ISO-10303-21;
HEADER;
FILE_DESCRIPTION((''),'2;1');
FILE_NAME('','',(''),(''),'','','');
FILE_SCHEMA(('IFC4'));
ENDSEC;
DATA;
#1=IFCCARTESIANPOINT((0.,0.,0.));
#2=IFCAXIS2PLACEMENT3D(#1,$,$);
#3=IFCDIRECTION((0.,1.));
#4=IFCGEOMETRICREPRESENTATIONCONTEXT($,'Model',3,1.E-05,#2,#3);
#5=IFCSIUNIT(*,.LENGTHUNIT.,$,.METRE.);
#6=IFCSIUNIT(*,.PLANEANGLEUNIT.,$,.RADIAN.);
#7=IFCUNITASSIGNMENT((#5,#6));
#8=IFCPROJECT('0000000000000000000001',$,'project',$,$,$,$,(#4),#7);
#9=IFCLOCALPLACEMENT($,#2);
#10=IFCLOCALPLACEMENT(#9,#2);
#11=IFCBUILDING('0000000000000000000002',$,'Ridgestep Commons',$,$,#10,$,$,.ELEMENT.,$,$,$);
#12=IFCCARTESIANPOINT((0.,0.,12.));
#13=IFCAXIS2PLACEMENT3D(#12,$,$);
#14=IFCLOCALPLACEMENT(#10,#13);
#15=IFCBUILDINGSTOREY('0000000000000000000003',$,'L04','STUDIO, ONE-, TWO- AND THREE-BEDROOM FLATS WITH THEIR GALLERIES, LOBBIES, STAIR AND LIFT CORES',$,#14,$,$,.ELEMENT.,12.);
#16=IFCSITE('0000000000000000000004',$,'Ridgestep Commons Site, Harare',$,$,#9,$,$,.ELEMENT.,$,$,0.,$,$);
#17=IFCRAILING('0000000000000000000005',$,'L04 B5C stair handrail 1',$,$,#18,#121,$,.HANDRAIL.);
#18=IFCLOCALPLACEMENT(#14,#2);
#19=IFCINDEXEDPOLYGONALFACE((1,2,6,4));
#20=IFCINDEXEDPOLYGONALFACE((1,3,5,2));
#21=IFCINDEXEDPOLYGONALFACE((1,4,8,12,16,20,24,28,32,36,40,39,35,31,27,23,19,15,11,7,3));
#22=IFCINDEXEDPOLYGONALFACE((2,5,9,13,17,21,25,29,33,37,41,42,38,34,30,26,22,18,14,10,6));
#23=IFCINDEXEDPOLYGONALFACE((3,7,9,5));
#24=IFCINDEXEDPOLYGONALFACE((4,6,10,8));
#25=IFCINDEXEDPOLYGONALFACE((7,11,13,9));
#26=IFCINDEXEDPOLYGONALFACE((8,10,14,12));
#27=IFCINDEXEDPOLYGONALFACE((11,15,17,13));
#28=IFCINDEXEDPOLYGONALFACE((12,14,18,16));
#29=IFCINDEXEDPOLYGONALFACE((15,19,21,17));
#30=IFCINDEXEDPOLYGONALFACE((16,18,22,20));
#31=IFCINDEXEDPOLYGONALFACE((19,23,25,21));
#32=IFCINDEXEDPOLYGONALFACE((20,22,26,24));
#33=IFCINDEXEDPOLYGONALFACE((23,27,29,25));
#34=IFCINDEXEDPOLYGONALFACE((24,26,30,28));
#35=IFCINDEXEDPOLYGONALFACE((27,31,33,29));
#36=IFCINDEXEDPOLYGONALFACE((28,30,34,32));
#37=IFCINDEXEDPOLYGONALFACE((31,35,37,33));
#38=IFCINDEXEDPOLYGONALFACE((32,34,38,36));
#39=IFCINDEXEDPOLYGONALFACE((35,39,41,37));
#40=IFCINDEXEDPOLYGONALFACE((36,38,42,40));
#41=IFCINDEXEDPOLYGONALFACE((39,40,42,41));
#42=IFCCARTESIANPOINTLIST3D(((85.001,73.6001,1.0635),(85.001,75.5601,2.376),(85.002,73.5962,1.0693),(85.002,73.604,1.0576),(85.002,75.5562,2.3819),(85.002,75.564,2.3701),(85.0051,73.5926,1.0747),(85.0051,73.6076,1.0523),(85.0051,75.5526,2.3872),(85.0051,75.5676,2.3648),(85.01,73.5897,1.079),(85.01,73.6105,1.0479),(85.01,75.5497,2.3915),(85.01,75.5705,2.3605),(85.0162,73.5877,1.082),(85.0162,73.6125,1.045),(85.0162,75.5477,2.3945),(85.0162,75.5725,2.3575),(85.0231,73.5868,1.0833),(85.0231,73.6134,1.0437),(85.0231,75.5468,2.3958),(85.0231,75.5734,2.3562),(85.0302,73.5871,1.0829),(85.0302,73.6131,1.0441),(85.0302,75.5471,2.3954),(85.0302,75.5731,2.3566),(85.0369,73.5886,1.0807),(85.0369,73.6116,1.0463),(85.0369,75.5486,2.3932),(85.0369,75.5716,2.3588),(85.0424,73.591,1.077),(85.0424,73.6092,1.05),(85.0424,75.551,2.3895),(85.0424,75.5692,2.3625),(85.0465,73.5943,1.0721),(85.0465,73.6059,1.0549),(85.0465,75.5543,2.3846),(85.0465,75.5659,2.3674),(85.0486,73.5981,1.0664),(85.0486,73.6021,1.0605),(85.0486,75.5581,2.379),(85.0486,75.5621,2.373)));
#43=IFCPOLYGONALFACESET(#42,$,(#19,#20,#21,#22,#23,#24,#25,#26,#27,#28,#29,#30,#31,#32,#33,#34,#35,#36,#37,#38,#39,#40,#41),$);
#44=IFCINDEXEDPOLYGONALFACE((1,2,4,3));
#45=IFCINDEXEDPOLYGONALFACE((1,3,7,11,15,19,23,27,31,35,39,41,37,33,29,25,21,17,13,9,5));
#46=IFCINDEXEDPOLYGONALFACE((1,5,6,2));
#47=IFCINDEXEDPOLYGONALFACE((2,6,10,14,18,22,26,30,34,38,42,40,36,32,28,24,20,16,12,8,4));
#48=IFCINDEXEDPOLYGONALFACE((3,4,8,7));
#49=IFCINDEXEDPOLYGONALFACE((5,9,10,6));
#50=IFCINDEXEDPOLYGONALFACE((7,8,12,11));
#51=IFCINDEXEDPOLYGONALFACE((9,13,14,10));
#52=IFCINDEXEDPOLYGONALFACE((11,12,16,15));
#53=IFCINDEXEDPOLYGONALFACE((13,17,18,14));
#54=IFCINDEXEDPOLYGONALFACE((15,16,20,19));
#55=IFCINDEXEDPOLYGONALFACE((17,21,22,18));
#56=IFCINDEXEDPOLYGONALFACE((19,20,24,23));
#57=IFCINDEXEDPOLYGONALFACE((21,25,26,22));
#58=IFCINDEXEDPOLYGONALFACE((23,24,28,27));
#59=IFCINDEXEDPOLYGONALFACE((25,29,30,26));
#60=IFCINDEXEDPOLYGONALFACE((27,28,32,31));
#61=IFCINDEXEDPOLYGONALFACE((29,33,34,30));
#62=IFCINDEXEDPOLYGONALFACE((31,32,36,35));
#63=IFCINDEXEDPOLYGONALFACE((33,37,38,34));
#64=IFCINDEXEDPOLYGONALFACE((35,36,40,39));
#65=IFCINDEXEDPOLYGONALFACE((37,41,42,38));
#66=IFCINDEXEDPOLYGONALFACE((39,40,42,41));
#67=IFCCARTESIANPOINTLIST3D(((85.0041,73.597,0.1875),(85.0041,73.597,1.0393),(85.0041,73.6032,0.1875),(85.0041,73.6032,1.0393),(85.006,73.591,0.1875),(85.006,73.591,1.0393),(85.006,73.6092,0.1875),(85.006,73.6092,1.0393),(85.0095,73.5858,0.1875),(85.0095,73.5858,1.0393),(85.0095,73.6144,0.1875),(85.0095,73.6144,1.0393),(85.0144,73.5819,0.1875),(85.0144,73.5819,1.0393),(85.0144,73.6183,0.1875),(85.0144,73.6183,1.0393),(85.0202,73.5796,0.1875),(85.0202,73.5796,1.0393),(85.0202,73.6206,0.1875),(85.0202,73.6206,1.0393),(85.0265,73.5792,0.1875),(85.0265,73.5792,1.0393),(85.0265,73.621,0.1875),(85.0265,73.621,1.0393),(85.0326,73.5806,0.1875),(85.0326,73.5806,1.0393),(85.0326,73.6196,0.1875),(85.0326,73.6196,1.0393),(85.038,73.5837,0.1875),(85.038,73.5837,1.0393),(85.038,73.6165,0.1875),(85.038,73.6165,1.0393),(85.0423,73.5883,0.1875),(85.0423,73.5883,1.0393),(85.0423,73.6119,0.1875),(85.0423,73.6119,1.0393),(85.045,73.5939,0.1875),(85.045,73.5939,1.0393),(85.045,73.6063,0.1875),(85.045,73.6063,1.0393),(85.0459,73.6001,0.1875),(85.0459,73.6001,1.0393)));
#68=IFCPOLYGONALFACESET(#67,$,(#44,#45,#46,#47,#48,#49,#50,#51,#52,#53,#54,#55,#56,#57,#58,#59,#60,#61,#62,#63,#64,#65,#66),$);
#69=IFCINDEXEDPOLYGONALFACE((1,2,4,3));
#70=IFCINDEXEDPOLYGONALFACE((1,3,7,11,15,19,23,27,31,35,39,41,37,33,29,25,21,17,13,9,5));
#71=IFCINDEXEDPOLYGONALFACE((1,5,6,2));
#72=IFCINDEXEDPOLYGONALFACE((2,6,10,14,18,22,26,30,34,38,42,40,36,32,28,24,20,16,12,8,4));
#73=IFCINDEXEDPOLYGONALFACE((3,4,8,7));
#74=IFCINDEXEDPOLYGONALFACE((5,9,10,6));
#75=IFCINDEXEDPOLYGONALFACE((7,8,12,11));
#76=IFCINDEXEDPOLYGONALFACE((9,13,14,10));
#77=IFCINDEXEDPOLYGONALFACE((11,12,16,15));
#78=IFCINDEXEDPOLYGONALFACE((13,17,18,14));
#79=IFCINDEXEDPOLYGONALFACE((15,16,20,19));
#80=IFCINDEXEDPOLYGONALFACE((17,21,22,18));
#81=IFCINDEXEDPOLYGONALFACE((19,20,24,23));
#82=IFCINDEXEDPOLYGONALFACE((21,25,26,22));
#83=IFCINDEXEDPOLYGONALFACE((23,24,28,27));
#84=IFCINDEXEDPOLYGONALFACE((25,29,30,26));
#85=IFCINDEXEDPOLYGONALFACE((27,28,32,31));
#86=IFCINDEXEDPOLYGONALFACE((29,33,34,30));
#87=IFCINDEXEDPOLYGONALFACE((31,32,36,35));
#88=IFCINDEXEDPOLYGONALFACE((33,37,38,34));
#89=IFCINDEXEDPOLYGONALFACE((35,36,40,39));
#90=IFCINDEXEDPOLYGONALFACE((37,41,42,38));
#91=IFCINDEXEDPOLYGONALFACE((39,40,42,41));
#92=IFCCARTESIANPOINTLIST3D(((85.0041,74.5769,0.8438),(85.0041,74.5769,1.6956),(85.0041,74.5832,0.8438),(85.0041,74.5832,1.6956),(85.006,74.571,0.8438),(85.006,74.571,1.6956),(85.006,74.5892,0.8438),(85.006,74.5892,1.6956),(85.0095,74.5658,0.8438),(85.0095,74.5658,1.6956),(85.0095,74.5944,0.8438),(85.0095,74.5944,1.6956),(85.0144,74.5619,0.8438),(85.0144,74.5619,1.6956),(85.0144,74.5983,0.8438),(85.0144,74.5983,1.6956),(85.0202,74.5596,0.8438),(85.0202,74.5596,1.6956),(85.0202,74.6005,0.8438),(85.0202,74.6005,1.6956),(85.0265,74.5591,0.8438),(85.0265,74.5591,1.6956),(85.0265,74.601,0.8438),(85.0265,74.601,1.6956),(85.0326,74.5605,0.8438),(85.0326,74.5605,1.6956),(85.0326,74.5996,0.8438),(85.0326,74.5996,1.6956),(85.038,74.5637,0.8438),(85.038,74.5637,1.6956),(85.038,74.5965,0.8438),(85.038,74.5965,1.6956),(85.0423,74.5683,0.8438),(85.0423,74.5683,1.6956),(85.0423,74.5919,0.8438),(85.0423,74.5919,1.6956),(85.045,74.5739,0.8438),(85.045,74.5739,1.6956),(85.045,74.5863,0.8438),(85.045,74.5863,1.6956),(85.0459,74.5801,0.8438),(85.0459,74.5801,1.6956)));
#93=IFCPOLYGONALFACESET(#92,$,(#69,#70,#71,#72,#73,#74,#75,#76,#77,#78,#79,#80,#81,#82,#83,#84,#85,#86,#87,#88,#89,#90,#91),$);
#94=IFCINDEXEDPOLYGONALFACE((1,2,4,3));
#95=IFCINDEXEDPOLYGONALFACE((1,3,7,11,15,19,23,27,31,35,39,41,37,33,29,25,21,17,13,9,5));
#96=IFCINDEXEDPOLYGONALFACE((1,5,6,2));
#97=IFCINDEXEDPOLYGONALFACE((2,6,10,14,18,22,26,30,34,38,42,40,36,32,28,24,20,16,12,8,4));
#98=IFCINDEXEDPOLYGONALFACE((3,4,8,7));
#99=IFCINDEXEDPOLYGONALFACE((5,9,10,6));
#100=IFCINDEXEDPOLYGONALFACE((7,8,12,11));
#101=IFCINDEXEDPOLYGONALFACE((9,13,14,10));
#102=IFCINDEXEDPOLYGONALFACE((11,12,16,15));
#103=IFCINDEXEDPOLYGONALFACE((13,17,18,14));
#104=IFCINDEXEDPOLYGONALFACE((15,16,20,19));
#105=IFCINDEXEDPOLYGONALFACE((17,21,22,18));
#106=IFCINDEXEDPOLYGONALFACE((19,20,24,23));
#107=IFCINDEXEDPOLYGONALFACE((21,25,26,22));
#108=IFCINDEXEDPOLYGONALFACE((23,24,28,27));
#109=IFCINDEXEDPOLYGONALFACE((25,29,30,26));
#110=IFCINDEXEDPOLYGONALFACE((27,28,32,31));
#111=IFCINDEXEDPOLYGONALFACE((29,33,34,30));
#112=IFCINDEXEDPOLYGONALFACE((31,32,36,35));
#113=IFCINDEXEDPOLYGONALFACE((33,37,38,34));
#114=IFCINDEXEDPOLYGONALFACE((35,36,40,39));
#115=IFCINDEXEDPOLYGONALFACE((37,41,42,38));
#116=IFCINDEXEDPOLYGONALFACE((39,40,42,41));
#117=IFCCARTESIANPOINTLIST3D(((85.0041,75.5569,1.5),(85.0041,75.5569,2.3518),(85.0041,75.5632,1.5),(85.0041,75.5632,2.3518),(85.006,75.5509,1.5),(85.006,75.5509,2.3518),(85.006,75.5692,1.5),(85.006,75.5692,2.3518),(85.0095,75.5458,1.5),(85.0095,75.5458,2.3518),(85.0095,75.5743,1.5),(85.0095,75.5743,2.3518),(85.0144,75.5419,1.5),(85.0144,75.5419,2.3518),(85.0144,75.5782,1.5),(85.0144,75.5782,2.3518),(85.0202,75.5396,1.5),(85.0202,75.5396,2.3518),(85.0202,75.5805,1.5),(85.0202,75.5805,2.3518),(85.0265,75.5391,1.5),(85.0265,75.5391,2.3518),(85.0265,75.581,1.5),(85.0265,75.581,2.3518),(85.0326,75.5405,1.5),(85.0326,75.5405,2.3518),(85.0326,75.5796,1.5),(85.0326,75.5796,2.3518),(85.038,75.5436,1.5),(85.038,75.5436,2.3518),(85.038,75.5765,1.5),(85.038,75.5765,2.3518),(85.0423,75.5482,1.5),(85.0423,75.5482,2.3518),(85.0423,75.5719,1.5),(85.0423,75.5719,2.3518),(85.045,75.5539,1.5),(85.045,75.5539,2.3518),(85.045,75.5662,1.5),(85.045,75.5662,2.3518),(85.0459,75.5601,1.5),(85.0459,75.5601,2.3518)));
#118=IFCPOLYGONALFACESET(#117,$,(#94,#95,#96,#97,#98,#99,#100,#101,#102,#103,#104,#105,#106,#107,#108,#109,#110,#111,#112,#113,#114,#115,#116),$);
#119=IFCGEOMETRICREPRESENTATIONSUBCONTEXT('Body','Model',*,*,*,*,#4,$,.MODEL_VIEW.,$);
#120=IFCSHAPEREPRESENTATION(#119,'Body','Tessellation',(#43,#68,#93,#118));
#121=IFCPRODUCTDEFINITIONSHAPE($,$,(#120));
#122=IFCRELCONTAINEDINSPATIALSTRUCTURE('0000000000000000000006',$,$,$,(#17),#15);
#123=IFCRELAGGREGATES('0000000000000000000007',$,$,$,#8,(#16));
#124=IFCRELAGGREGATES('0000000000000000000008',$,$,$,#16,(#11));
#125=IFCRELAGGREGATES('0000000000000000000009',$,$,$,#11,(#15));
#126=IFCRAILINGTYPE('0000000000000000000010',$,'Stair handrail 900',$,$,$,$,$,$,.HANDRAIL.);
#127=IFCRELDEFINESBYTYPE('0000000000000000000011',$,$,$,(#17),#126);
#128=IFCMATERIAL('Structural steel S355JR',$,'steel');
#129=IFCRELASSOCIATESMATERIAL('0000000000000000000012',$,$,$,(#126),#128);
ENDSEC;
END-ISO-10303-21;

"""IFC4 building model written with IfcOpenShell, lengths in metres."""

from ifc_helpers import new_model, si_unit, direction, frame, origin, origin_2d, place, context, subcontext, project, spatial, circle, extrude, material, type_object, element, save


model = new_model("IFC4")

# Units and contexts
model_context = context("Model", 3, precision=1e-05, world=origin(), true_north=direction((0.0, 1.0)))
body_context = subcontext(model_context, "Body", "Model", "MODEL_VIEW")
ifc_project = project(units=[si_unit("LENGTHUNIT", "METRE"), si_unit("PLANEANGLEUNIT", "RADIAN")], contexts=[model_context])

# Site, building, storey
site_placement = place(None, origin())
site = spatial("IfcSite", under=ifc_project, at=site_placement, Name="Ridgestep Commons Site, Harare", CompositionType="ELEMENT", RefElevation=0.0)
building_placement = place(site_placement, origin())
building = spatial("IfcBuilding", under=site, at=building_placement, Name="Ridgestep Commons", CompositionType="ELEMENT")
storey_placement = place(building_placement, frame((0.0, 0.0, 12.0)))
storey = spatial("IfcBuildingStorey", under=building, at=storey_placement, Name="L04", Description="STUDIO, ONE-, TWO- AND THREE-BEDROOM FLATS WITH THEIR GALLERIES, LOBBIES, STAIR AND LIFT CORES", CompositionType="ELEMENT", Elevation=12.0)

# Railing
ifc_material_1 = material(Name="Structural steel S355JR", Category="steel")
railing_type_1 = type_object("IfcRailingType", Name="Stair handrail 900", PredefinedType="HANDRAIL", material=ifc_material_1)
railing_1_placement = place(storey_placement, frame((85.0249, 73.6001, 0.1875)))
element("IfcRailing", 1, at=railing_1_placement, inside=storey, type_object=railing_type_1, Name="L04 B5C stair handrail 1", PredefinedType="HANDRAIL", context=body_context, shape_type="SweptSolid", body=[
    extrude(circle(Radius=0.0239, at=origin_2d()), frame((0.0, 0.0, 0.876), z_axis=(0.0, 0.830902, 0.556419), x_axis=(-1.0, 0.0, 0.0)), (0.0, 0.0, 1.0), 2.3589),
    extrude(circle(Radius=0.021, at=origin_2d()), origin(), (0.0, 0.0, 1.0), 0.8518),
    extrude(circle(Radius=0.021, at=origin_2d()), frame((0.0, 0.98, 0.6562)), (0.0, 0.0, 1.0), 0.8518),
    extrude(circle(Radius=0.021, at=origin_2d()), frame((0.0, 1.96, 1.3125)), (0.0, 0.0, 1.0), 0.8518),
])

save(model, "model.ifc")
